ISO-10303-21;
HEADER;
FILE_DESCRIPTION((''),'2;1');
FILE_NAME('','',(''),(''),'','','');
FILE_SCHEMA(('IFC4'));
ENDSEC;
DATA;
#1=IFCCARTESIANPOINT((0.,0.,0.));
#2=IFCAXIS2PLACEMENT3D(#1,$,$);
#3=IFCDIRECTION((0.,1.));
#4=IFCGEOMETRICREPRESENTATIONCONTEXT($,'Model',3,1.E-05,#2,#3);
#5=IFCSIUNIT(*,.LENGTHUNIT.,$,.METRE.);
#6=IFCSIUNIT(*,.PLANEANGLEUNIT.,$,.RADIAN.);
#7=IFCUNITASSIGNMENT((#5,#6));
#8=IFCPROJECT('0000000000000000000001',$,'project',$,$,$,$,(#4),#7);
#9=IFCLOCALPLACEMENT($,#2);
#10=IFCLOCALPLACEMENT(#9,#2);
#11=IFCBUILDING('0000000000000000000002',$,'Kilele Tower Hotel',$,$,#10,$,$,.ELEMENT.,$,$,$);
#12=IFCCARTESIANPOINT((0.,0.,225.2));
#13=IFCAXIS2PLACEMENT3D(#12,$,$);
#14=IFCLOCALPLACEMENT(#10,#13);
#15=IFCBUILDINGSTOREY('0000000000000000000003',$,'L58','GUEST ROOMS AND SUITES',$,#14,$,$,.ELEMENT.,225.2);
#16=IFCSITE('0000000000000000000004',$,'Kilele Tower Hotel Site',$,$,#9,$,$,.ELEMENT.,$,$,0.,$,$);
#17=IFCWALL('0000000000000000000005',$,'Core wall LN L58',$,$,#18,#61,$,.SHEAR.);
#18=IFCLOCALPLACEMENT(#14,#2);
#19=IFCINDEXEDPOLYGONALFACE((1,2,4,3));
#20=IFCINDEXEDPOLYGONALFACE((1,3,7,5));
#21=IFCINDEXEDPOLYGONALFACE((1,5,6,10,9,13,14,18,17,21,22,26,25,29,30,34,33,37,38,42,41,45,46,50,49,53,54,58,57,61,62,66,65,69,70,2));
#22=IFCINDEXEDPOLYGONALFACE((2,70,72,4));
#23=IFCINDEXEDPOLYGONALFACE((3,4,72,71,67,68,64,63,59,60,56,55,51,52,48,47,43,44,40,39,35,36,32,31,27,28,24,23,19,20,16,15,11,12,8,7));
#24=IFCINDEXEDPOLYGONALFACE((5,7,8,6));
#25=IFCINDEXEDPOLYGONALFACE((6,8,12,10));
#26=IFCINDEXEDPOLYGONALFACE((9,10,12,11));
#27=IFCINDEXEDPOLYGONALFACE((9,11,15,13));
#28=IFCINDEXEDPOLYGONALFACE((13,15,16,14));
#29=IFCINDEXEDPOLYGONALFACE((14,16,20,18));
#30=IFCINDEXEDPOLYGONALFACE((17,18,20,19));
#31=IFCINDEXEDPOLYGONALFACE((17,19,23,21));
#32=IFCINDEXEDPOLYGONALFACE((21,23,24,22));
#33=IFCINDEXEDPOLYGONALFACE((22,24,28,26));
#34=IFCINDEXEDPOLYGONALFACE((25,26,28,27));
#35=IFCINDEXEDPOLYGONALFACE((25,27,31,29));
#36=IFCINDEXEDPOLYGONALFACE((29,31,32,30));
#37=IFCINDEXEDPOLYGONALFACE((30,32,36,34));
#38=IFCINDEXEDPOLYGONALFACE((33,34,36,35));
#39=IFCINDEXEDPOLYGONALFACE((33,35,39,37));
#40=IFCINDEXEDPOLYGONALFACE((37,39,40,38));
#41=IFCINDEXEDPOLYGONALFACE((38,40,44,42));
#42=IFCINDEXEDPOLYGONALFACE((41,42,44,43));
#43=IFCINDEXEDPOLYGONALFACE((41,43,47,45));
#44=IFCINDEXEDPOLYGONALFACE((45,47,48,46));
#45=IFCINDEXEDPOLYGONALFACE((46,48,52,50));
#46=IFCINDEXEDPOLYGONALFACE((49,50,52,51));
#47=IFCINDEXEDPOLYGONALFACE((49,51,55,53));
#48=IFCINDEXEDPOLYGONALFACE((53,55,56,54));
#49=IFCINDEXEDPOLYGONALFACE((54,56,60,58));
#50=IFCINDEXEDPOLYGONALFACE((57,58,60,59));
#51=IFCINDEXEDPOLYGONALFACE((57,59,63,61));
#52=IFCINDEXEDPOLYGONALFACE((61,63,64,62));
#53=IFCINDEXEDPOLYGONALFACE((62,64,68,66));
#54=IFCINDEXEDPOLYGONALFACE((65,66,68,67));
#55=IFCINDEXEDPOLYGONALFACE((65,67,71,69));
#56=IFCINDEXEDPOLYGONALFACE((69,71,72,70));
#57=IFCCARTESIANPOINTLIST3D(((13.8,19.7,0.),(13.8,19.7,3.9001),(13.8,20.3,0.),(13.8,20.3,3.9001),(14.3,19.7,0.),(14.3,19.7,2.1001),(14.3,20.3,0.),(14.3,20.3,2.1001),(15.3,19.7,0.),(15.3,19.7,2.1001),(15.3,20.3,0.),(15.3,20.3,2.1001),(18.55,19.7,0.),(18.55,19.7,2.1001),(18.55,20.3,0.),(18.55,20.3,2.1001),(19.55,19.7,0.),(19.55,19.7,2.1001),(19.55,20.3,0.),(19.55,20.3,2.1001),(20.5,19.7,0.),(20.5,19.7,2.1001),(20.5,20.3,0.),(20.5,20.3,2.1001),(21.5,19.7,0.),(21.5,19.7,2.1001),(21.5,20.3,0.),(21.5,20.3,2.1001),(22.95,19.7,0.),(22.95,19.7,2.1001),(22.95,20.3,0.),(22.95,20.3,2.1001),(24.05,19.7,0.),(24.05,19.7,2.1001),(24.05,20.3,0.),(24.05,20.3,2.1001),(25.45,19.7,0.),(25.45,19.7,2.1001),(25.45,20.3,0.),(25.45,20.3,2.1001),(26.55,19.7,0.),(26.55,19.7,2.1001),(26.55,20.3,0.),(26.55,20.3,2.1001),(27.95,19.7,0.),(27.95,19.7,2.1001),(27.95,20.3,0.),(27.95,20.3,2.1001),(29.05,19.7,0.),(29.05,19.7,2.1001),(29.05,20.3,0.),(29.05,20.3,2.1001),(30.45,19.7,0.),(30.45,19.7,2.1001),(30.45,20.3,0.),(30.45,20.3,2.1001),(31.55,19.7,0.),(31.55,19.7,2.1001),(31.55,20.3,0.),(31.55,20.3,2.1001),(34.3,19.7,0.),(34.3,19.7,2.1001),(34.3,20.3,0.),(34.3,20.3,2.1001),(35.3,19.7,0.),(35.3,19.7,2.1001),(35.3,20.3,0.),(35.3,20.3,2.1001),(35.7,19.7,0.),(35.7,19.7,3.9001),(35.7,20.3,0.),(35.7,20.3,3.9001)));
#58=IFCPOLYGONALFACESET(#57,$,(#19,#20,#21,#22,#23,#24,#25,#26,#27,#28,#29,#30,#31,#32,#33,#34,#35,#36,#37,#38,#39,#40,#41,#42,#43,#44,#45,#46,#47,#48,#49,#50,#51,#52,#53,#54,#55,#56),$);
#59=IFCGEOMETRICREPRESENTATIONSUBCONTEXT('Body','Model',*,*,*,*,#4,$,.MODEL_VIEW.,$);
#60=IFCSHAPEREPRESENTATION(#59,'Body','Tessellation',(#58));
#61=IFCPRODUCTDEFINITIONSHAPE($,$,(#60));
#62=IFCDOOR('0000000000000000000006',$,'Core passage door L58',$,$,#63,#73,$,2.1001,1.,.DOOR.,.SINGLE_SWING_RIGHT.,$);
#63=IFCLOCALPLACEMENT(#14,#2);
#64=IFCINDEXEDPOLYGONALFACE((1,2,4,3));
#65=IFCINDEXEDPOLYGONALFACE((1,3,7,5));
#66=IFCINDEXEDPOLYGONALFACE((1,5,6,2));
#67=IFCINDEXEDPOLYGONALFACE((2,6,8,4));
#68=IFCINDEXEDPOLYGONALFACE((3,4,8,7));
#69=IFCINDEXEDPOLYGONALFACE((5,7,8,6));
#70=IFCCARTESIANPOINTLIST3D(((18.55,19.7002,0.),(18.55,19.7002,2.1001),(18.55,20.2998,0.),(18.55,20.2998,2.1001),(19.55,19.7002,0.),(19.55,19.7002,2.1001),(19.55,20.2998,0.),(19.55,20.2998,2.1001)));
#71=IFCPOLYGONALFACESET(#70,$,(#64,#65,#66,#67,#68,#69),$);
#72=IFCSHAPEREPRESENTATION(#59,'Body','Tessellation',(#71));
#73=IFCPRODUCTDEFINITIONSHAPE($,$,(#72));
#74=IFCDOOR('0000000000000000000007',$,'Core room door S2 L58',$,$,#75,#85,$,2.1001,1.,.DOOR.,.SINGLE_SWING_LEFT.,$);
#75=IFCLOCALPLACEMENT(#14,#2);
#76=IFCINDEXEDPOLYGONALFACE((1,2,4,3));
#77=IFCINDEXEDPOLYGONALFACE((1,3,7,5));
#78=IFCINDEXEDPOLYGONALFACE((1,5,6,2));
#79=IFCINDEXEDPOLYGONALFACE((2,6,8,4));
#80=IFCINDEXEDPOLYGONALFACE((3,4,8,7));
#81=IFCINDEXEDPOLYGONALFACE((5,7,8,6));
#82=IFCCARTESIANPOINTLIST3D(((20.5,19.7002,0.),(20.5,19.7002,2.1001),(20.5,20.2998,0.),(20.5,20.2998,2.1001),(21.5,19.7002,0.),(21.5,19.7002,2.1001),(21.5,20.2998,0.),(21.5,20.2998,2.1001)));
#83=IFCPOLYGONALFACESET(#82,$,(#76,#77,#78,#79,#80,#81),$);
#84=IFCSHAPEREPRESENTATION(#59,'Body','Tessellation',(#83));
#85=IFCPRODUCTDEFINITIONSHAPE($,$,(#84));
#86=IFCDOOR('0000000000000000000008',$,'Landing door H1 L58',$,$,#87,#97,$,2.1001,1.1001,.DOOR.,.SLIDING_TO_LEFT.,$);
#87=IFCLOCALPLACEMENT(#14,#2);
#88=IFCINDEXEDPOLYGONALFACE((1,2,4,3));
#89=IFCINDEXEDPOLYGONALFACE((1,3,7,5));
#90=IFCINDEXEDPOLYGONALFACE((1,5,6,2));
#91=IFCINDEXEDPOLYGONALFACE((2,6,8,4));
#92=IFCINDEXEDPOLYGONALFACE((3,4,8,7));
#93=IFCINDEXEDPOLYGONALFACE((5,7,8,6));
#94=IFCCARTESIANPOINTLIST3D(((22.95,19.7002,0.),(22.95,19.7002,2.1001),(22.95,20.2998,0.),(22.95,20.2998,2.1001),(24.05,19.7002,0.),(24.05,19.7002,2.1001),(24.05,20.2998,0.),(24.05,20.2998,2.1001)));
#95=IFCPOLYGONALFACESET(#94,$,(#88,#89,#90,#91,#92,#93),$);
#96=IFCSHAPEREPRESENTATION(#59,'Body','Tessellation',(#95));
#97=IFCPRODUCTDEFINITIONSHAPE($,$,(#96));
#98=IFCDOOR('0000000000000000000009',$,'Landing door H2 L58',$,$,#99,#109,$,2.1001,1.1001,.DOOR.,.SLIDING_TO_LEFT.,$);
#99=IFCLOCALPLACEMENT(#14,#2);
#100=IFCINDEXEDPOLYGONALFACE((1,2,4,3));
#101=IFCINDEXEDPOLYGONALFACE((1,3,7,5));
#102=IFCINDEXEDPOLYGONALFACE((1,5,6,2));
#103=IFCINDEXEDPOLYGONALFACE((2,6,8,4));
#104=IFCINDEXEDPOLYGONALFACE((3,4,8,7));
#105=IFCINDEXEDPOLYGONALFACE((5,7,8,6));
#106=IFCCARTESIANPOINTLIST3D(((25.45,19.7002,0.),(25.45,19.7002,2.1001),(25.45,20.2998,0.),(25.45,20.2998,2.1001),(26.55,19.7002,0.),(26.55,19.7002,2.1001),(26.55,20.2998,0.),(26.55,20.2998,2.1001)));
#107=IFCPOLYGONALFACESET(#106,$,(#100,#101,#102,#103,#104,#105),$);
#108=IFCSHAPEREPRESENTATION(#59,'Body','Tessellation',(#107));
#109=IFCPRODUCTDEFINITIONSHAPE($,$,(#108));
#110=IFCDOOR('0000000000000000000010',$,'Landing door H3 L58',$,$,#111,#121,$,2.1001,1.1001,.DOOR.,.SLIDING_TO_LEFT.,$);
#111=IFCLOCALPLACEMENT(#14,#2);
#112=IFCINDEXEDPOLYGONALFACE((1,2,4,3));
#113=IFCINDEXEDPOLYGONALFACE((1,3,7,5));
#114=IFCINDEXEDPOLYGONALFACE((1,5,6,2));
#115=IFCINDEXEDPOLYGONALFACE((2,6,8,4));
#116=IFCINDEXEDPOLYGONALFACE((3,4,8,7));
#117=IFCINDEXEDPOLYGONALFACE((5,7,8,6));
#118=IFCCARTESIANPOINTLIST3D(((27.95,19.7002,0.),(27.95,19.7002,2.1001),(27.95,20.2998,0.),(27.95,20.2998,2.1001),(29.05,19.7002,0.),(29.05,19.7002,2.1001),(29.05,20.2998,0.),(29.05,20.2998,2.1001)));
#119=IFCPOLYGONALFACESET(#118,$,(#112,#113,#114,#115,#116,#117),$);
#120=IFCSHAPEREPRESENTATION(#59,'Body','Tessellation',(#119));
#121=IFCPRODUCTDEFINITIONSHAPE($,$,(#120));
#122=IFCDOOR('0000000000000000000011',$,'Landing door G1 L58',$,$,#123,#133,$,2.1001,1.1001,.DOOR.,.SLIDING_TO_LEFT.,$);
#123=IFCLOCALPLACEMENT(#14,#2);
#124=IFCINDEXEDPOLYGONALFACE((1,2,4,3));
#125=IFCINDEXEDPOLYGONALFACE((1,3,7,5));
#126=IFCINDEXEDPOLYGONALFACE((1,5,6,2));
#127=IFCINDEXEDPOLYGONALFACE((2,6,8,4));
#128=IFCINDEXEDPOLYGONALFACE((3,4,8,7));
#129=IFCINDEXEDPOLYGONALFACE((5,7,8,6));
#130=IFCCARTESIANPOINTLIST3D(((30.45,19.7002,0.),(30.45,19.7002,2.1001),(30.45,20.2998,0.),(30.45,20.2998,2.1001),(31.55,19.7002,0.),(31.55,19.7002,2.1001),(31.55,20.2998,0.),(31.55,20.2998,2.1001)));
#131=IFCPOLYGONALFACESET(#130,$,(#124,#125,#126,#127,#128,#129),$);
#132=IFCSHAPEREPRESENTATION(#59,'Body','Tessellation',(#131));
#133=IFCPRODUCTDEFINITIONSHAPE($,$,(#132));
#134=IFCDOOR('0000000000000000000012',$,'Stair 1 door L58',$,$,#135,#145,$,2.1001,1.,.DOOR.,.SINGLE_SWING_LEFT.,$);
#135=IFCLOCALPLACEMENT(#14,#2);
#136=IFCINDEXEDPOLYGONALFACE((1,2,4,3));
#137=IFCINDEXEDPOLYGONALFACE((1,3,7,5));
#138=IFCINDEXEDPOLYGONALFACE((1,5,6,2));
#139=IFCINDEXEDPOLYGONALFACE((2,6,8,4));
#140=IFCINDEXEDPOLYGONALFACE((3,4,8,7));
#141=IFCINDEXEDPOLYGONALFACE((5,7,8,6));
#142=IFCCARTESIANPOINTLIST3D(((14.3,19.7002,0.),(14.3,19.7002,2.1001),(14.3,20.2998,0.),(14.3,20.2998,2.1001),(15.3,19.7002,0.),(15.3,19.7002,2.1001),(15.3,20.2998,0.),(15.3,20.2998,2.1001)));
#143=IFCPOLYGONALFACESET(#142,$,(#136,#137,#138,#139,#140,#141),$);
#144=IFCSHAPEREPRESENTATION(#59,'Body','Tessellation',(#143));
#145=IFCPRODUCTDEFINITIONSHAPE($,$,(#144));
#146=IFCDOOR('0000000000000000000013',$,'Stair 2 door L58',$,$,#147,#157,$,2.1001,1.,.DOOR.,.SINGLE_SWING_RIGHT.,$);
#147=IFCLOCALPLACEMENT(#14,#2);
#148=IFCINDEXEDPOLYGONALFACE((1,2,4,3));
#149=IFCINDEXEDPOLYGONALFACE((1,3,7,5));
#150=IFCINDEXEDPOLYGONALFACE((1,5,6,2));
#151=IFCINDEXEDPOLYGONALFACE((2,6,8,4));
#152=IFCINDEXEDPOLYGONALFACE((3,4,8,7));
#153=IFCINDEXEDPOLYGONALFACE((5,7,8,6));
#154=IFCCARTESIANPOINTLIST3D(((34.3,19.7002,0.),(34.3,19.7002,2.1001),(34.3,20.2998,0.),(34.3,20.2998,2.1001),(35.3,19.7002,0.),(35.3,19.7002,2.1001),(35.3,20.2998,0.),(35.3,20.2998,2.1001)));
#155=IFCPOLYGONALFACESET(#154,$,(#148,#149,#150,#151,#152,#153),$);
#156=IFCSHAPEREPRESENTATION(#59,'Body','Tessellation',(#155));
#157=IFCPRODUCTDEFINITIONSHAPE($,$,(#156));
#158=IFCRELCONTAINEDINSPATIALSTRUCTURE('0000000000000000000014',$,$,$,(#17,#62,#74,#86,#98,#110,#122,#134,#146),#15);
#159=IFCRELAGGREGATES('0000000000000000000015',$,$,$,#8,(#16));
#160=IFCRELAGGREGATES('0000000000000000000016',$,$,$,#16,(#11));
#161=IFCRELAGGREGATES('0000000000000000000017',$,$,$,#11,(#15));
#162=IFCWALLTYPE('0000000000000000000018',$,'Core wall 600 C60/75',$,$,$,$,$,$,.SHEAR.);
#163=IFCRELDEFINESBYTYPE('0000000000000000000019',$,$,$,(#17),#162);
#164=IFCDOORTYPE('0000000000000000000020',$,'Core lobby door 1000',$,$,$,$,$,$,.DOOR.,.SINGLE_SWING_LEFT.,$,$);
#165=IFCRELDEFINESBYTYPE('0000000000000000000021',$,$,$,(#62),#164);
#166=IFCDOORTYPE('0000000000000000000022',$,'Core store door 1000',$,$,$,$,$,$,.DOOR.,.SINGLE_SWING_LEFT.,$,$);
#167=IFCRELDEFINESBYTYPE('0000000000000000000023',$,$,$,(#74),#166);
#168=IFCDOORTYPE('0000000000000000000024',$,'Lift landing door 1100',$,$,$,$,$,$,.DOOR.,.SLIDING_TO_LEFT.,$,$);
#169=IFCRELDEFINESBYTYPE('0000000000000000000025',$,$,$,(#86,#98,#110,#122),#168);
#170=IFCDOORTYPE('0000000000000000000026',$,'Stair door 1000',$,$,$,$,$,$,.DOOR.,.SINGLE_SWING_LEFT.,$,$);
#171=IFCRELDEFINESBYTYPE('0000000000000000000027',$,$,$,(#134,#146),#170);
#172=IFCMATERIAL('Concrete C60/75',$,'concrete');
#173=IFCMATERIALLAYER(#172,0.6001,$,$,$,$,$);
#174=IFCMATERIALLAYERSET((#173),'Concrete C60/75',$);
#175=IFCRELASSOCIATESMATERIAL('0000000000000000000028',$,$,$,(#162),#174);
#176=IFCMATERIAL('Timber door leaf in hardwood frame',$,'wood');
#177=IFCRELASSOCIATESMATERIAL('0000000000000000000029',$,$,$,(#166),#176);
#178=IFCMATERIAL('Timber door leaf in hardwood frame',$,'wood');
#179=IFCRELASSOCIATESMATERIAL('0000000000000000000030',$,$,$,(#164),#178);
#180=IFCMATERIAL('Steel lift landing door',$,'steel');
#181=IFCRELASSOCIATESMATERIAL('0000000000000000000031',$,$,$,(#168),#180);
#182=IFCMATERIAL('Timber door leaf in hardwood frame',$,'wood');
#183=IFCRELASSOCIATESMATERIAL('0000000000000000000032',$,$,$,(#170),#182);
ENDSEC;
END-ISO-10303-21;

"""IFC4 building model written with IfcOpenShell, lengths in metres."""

from ifc_helpers import new_model, si_unit, direction, frame, frame_2d, origin, place, context, subcontext, project, spatial, rectangle, extrude, material, layer, layer_set, type_object, element, fill, save


model = new_model("IFC4")

# Units and contexts
model_context = context("Model", 3, precision=1e-05, world=origin(), true_north=direction((0.0, 1.0)))
body_context = subcontext(model_context, "Body", "Model", "MODEL_VIEW")
ifc_project = project(units=[si_unit("LENGTHUNIT", "METRE"), si_unit("PLANEANGLEUNIT", "RADIAN")], contexts=[model_context])

# Site, building, storey
site_placement = place(None, origin())
site = spatial("IfcSite", under=ifc_project, at=site_placement, Name="Kilele Tower Hotel Site", CompositionType="ELEMENT", RefElevation=0.0)
building_placement = place(site_placement, origin())
building = spatial("IfcBuilding", under=site, at=building_placement, Name="Kilele Tower Hotel", CompositionType="ELEMENT")
storey_placement = place(building_placement, frame((0.0, 0.0, 225.2)))
storey = spatial("IfcBuildingStorey", under=building, at=storey_placement, Name="L58", Description="GUEST ROOMS AND SUITES", CompositionType="ELEMENT", Elevation=225.2)

# Shared definitions
ifc_material_1 = material(Name="Concrete C60/75", Category="concrete")
ifc_layer_1 = layer(ifc_material_1, 0.6001)
ifc_layer_set_1 = layer_set([ifc_layer_1], Name="Concrete C60/75")
wall_type_1 = type_object("IfcWallType", Name="Core wall 600 C60/75", PredefinedType="SHEAR", material=ifc_layer_set_1)

# Wall, openings, doors
ifc_material_2 = material(Name="Timber door leaf in hardwood frame", Category="wood")
door_type_1 = type_object("IfcDoorType", Name="Core store door 1000", OperationType="SINGLE_SWING_LEFT", PredefinedType="DOOR", material=ifc_material_2)
wall_1_placement = place(storey_placement, frame((13.8, 20.0, 0.0), z_axis=(0.0, 0.0, 1.0), x_axis=(1.0, 0.0, 0.0)))
wall_1 = element("IfcWall", 1, at=wall_1_placement, inside=storey, type_object=wall_type_1, Name="Core wall LN L58", PredefinedType="SHEAR", context=body_context, shape_type="SweptSolid", body=[
    extrude(rectangle(XDim=21.8999, YDim=0.6001, at=frame_2d((10.95, 0.0))), origin(), (0.0, 0.0, 1.0), 3.9001),
])
opening_1_placement = place(wall_1_placement, frame((0.5, 0.0, 0.0)))
opening_1 = element("IfcOpeningElement", 2, at=opening_1_placement, cuts=wall_1, PredefinedType="OPENING", context=body_context, shape_type="SweptSolid", body=[
    extrude(rectangle(XDim=1.0, YDim=2.1001, at=frame_2d((0.5, 1.05))), frame((0.0, 0.3101, 0.0), z_axis=(0.0, -1.0, 0.0), x_axis=(1.0, 0.0, 0.0)), (0.0, 0.0, 1.0), 0.6201),
])
opening_2_placement = place(wall_1_placement, frame((20.5, 0.0, 0.0)))
opening_2 = element("IfcOpeningElement", 3, at=opening_2_placement, cuts=wall_1, PredefinedType="OPENING", context=body_context, shape_type="SweptSolid", body=[
    extrude(rectangle(XDim=1.0, YDim=2.1001, at=frame_2d((0.5, 1.05))), frame((0.0, 0.3101, 0.0), z_axis=(0.0, -1.0, 0.0), x_axis=(1.0, 0.0, 0.0)), (0.0, 0.0, 1.0), 0.6201),
])
opening_3_placement = place(wall_1_placement, frame((9.1499, 0.0, 0.0)))
opening_3 = element("IfcOpeningElement", 4, at=opening_3_placement, cuts=wall_1, PredefinedType="OPENING", context=body_context, shape_type="SweptSolid", body=[
    extrude(rectangle(XDim=1.1001, YDim=2.1001, at=frame_2d((0.55, 1.05))), frame((0.0, 0.3101, 0.0), z_axis=(0.0, -1.0, 0.0), x_axis=(1.0, 0.0, 0.0)), (0.0, 0.0, 1.0), 0.6201),
])
opening_4_placement = place(wall_1_placement, frame((11.6499, 0.0, 0.0)))
opening_4 = element("IfcOpeningElement", 5, at=opening_4_placement, cuts=wall_1, PredefinedType="OPENING", context=body_context, shape_type="SweptSolid", body=[
    extrude(rectangle(XDim=1.1001, YDim=2.1001, at=frame_2d((0.55, 1.05))), frame((0.0, 0.3101, 0.0), z_axis=(0.0, -1.0, 0.0), x_axis=(1.0, 0.0, 0.0)), (0.0, 0.0, 1.0), 0.6201),
])
opening_5_placement = place(wall_1_placement, frame((14.1499, 0.0, 0.0)))
opening_5 = element("IfcOpeningElement", 6, at=opening_5_placement, cuts=wall_1, PredefinedType="OPENING", context=body_context, shape_type="SweptSolid", body=[
    extrude(rectangle(XDim=1.1001, YDim=2.1001, at=frame_2d((0.55, 1.05))), frame((0.0, 0.3101, 0.0), z_axis=(0.0, -1.0, 0.0), x_axis=(1.0, 0.0, 0.0)), (0.0, 0.0, 1.0), 0.6201),
])
opening_6_placement = place(wall_1_placement, frame((16.6499, 0.0, 0.0)))
opening_6 = element("IfcOpeningElement", 7, at=opening_6_placement, cuts=wall_1, PredefinedType="OPENING", context=body_context, shape_type="SweptSolid", body=[
    extrude(rectangle(XDim=1.1001, YDim=2.1001, at=frame_2d((0.55, 1.05))), frame((0.0, 0.3101, 0.0), z_axis=(0.0, -1.0, 0.0), x_axis=(1.0, 0.0, 0.0)), (0.0, 0.0, 1.0), 0.6201),
])
opening_7_placement = place(wall_1_placement, frame((5.75, 0.0, 0.0), z_axis=(0.0, 0.0, 1.0), x_axis=(-1.0, 0.0, 0.0)))
opening_7 = element("IfcOpeningElement", 8, at=opening_7_placement, cuts=wall_1, PredefinedType="OPENING", context=body_context, shape_type="SweptSolid", body=[
    extrude(rectangle(XDim=1.0, YDim=2.1001, at=frame_2d((0.5, 1.05))), frame((0.0, 0.3101, 0.0), z_axis=(0.0, -1.0, 0.0), x_axis=(1.0, 0.0, 0.0)), (0.0, 0.0, 1.0), 0.6201),
])
opening_8_placement = place(wall_1_placement, frame((6.7, 0.0, 0.0)))
opening_8 = element("IfcOpeningElement", 9, at=opening_8_placement, cuts=wall_1, PredefinedType="OPENING", context=body_context, shape_type="SweptSolid", body=[
    extrude(rectangle(XDim=1.0, YDim=2.1001, at=frame_2d((0.5, 1.05))), frame((0.0, 0.3101, 0.0), z_axis=(0.0, -1.0, 0.0), x_axis=(1.0, 0.0, 0.0)), (0.0, 0.0, 1.0), 0.6201),
])
ifc_material_3 = material(Name="Timber door leaf in hardwood frame", Category="wood")
door_type_2 = type_object("IfcDoorType", Name="Core lobby door 1000", OperationType="SINGLE_SWING_LEFT", PredefinedType="DOOR", material=ifc_material_3)
door_1_placement = place(opening_7_placement, origin())
door_1 = element("IfcDoor", 10, at=door_1_placement, inside=storey, type_object=door_type_2, Name="Core passage door L58", OperationType="SINGLE_SWING_RIGHT", OverallHeight=2.1001, OverallWidth=1.0, PredefinedType="DOOR", context=body_context, shape_type="SweptSolid", body=[
    extrude(rectangle(XDim=1.0, YDim=2.1001, at=frame_2d((0.5, 1.05))), frame((0.0, 0.2998, 0.0), z_axis=(0.0, -1.0, 0.0), x_axis=(1.0, 0.0, 0.0)), (0.0, 0.0, 1.0), 0.5996),
])
fill(opening_7, door_1)
door_2_placement = place(opening_8_placement, origin())
door_2 = element("IfcDoor", 11, at=door_2_placement, inside=storey, type_object=door_type_1, Name="Core room door S2 L58", OperationType="SINGLE_SWING_LEFT", OverallHeight=2.1001, OverallWidth=1.0, PredefinedType="DOOR", context=body_context, shape_type="SweptSolid", body=[
    extrude(rectangle(XDim=1.0, YDim=2.1001, at=frame_2d((0.5, 1.05))), frame((0.0, 0.2998, 0.0), z_axis=(0.0, -1.0, 0.0), x_axis=(1.0, 0.0, 0.0)), (0.0, 0.0, 1.0), 0.5996),
])
fill(opening_8, door_2)
ifc_material_4 = material(Name="Steel lift landing door", Category="steel")
door_type_3 = type_object("IfcDoorType", Name="Lift landing door 1100", OperationType="SLIDING_TO_LEFT", PredefinedType="DOOR", material=ifc_material_4)
door_3_placement = place(opening_3_placement, origin())
door_3 = element("IfcDoor", 12, at=door_3_placement, inside=storey, type_object=door_type_3, Name="Landing door H1 L58", OperationType="SLIDING_TO_LEFT", OverallHeight=2.1001, OverallWidth=1.1001, PredefinedType="DOOR", context=body_context, shape_type="SweptSolid", body=[
    extrude(rectangle(XDim=1.1001, YDim=2.1001, at=frame_2d((0.55, 1.05))), frame((0.0, 0.2998, 0.0), z_axis=(0.0, -1.0, 0.0), x_axis=(1.0, 0.0, 0.0)), (0.0, 0.0, 1.0), 0.5996),
])
fill(opening_3, door_3)
door_4_placement = place(opening_4_placement, origin())
door_4 = element("IfcDoor", 13, at=door_4_placement, inside=storey, type_object=door_type_3, Name="Landing door H2 L58", OperationType="SLIDING_TO_LEFT", OverallHeight=2.1001, OverallWidth=1.1001, PredefinedType="DOOR", context=body_context, shape_type="SweptSolid", body=[
    extrude(rectangle(XDim=1.1001, YDim=2.1001, at=frame_2d((0.55, 1.05))), frame((0.0, 0.2998, 0.0), z_axis=(0.0, -1.0, 0.0), x_axis=(1.0, 0.0, 0.0)), (0.0, 0.0, 1.0), 0.5996),
])
fill(opening_4, door_4)
door_5_placement = place(opening_5_placement, origin())
door_5 = element("IfcDoor", 14, at=door_5_placement, inside=storey, type_object=door_type_3, Name="Landing door H3 L58", OperationType="SLIDING_TO_LEFT", OverallHeight=2.1001, OverallWidth=1.1001, PredefinedType="DOOR", context=body_context, shape_type="SweptSolid", body=[
    extrude(rectangle(XDim=1.1001, YDim=2.1001, at=frame_2d((0.55, 1.05))), frame((0.0, 0.2998, 0.0), z_axis=(0.0, -1.0, 0.0), x_axis=(1.0, 0.0, 0.0)), (0.0, 0.0, 1.0), 0.5996),
])
fill(opening_5, door_5)
door_6_placement = place(opening_6_placement, origin())
door_6 = element("IfcDoor", 15, at=door_6_placement, inside=storey, type_object=door_type_3, Name="Landing door G1 L58", OperationType="SLIDING_TO_LEFT", OverallHeight=2.1001, OverallWidth=1.1001, PredefinedType="DOOR", context=body_context, shape_type="SweptSolid", body=[
    extrude(rectangle(XDim=1.1001, YDim=2.1001, at=frame_2d((0.55, 1.05))), frame((0.0, 0.2998, 0.0), z_axis=(0.0, -1.0, 0.0), x_axis=(1.0, 0.0, 0.0)), (0.0, 0.0, 1.0), 0.5996),
])
fill(opening_6, door_6)
ifc_material_5 = material(Name="Timber door leaf in hardwood frame", Category="wood")
door_type_4 = type_object("IfcDoorType", Name="Stair door 1000", OperationType="SINGLE_SWING_LEFT", PredefinedType="DOOR", material=ifc_material_5)
door_7_placement = place(opening_1_placement, origin())
door_7 = element("IfcDoor", 16, at=door_7_placement, inside=storey, type_object=door_type_4, Name="Stair 1 door L58", OperationType="SINGLE_SWING_LEFT", OverallHeight=2.1001, OverallWidth=1.0, PredefinedType="DOOR", context=body_context, shape_type="SweptSolid", body=[
    extrude(rectangle(XDim=1.0, YDim=2.1001, at=frame_2d((0.5, 1.05))), frame((0.0, 0.2998, 0.0), z_axis=(0.0, -1.0, 0.0), x_axis=(1.0, 0.0, 0.0)), (0.0, 0.0, 1.0), 0.5996),
])
fill(opening_1, door_7)
door_8_placement = place(opening_2_placement, origin())
door_8 = element("IfcDoor", 17, at=door_8_placement, inside=storey, type_object=door_type_4, Name="Stair 2 door L58", OperationType="SINGLE_SWING_RIGHT", OverallHeight=2.1001, OverallWidth=1.0, PredefinedType="DOOR", context=body_context, shape_type="SweptSolid", body=[
    extrude(rectangle(XDim=1.0, YDim=2.1001, at=frame_2d((0.5, 1.05))), frame((0.0, 0.2998, 0.0), z_axis=(0.0, -1.0, 0.0), x_axis=(1.0, 0.0, 0.0)), (0.0, 0.0, 1.0), 0.5996),
])
fill(opening_2, door_8)

save(model, "model.ifc")
